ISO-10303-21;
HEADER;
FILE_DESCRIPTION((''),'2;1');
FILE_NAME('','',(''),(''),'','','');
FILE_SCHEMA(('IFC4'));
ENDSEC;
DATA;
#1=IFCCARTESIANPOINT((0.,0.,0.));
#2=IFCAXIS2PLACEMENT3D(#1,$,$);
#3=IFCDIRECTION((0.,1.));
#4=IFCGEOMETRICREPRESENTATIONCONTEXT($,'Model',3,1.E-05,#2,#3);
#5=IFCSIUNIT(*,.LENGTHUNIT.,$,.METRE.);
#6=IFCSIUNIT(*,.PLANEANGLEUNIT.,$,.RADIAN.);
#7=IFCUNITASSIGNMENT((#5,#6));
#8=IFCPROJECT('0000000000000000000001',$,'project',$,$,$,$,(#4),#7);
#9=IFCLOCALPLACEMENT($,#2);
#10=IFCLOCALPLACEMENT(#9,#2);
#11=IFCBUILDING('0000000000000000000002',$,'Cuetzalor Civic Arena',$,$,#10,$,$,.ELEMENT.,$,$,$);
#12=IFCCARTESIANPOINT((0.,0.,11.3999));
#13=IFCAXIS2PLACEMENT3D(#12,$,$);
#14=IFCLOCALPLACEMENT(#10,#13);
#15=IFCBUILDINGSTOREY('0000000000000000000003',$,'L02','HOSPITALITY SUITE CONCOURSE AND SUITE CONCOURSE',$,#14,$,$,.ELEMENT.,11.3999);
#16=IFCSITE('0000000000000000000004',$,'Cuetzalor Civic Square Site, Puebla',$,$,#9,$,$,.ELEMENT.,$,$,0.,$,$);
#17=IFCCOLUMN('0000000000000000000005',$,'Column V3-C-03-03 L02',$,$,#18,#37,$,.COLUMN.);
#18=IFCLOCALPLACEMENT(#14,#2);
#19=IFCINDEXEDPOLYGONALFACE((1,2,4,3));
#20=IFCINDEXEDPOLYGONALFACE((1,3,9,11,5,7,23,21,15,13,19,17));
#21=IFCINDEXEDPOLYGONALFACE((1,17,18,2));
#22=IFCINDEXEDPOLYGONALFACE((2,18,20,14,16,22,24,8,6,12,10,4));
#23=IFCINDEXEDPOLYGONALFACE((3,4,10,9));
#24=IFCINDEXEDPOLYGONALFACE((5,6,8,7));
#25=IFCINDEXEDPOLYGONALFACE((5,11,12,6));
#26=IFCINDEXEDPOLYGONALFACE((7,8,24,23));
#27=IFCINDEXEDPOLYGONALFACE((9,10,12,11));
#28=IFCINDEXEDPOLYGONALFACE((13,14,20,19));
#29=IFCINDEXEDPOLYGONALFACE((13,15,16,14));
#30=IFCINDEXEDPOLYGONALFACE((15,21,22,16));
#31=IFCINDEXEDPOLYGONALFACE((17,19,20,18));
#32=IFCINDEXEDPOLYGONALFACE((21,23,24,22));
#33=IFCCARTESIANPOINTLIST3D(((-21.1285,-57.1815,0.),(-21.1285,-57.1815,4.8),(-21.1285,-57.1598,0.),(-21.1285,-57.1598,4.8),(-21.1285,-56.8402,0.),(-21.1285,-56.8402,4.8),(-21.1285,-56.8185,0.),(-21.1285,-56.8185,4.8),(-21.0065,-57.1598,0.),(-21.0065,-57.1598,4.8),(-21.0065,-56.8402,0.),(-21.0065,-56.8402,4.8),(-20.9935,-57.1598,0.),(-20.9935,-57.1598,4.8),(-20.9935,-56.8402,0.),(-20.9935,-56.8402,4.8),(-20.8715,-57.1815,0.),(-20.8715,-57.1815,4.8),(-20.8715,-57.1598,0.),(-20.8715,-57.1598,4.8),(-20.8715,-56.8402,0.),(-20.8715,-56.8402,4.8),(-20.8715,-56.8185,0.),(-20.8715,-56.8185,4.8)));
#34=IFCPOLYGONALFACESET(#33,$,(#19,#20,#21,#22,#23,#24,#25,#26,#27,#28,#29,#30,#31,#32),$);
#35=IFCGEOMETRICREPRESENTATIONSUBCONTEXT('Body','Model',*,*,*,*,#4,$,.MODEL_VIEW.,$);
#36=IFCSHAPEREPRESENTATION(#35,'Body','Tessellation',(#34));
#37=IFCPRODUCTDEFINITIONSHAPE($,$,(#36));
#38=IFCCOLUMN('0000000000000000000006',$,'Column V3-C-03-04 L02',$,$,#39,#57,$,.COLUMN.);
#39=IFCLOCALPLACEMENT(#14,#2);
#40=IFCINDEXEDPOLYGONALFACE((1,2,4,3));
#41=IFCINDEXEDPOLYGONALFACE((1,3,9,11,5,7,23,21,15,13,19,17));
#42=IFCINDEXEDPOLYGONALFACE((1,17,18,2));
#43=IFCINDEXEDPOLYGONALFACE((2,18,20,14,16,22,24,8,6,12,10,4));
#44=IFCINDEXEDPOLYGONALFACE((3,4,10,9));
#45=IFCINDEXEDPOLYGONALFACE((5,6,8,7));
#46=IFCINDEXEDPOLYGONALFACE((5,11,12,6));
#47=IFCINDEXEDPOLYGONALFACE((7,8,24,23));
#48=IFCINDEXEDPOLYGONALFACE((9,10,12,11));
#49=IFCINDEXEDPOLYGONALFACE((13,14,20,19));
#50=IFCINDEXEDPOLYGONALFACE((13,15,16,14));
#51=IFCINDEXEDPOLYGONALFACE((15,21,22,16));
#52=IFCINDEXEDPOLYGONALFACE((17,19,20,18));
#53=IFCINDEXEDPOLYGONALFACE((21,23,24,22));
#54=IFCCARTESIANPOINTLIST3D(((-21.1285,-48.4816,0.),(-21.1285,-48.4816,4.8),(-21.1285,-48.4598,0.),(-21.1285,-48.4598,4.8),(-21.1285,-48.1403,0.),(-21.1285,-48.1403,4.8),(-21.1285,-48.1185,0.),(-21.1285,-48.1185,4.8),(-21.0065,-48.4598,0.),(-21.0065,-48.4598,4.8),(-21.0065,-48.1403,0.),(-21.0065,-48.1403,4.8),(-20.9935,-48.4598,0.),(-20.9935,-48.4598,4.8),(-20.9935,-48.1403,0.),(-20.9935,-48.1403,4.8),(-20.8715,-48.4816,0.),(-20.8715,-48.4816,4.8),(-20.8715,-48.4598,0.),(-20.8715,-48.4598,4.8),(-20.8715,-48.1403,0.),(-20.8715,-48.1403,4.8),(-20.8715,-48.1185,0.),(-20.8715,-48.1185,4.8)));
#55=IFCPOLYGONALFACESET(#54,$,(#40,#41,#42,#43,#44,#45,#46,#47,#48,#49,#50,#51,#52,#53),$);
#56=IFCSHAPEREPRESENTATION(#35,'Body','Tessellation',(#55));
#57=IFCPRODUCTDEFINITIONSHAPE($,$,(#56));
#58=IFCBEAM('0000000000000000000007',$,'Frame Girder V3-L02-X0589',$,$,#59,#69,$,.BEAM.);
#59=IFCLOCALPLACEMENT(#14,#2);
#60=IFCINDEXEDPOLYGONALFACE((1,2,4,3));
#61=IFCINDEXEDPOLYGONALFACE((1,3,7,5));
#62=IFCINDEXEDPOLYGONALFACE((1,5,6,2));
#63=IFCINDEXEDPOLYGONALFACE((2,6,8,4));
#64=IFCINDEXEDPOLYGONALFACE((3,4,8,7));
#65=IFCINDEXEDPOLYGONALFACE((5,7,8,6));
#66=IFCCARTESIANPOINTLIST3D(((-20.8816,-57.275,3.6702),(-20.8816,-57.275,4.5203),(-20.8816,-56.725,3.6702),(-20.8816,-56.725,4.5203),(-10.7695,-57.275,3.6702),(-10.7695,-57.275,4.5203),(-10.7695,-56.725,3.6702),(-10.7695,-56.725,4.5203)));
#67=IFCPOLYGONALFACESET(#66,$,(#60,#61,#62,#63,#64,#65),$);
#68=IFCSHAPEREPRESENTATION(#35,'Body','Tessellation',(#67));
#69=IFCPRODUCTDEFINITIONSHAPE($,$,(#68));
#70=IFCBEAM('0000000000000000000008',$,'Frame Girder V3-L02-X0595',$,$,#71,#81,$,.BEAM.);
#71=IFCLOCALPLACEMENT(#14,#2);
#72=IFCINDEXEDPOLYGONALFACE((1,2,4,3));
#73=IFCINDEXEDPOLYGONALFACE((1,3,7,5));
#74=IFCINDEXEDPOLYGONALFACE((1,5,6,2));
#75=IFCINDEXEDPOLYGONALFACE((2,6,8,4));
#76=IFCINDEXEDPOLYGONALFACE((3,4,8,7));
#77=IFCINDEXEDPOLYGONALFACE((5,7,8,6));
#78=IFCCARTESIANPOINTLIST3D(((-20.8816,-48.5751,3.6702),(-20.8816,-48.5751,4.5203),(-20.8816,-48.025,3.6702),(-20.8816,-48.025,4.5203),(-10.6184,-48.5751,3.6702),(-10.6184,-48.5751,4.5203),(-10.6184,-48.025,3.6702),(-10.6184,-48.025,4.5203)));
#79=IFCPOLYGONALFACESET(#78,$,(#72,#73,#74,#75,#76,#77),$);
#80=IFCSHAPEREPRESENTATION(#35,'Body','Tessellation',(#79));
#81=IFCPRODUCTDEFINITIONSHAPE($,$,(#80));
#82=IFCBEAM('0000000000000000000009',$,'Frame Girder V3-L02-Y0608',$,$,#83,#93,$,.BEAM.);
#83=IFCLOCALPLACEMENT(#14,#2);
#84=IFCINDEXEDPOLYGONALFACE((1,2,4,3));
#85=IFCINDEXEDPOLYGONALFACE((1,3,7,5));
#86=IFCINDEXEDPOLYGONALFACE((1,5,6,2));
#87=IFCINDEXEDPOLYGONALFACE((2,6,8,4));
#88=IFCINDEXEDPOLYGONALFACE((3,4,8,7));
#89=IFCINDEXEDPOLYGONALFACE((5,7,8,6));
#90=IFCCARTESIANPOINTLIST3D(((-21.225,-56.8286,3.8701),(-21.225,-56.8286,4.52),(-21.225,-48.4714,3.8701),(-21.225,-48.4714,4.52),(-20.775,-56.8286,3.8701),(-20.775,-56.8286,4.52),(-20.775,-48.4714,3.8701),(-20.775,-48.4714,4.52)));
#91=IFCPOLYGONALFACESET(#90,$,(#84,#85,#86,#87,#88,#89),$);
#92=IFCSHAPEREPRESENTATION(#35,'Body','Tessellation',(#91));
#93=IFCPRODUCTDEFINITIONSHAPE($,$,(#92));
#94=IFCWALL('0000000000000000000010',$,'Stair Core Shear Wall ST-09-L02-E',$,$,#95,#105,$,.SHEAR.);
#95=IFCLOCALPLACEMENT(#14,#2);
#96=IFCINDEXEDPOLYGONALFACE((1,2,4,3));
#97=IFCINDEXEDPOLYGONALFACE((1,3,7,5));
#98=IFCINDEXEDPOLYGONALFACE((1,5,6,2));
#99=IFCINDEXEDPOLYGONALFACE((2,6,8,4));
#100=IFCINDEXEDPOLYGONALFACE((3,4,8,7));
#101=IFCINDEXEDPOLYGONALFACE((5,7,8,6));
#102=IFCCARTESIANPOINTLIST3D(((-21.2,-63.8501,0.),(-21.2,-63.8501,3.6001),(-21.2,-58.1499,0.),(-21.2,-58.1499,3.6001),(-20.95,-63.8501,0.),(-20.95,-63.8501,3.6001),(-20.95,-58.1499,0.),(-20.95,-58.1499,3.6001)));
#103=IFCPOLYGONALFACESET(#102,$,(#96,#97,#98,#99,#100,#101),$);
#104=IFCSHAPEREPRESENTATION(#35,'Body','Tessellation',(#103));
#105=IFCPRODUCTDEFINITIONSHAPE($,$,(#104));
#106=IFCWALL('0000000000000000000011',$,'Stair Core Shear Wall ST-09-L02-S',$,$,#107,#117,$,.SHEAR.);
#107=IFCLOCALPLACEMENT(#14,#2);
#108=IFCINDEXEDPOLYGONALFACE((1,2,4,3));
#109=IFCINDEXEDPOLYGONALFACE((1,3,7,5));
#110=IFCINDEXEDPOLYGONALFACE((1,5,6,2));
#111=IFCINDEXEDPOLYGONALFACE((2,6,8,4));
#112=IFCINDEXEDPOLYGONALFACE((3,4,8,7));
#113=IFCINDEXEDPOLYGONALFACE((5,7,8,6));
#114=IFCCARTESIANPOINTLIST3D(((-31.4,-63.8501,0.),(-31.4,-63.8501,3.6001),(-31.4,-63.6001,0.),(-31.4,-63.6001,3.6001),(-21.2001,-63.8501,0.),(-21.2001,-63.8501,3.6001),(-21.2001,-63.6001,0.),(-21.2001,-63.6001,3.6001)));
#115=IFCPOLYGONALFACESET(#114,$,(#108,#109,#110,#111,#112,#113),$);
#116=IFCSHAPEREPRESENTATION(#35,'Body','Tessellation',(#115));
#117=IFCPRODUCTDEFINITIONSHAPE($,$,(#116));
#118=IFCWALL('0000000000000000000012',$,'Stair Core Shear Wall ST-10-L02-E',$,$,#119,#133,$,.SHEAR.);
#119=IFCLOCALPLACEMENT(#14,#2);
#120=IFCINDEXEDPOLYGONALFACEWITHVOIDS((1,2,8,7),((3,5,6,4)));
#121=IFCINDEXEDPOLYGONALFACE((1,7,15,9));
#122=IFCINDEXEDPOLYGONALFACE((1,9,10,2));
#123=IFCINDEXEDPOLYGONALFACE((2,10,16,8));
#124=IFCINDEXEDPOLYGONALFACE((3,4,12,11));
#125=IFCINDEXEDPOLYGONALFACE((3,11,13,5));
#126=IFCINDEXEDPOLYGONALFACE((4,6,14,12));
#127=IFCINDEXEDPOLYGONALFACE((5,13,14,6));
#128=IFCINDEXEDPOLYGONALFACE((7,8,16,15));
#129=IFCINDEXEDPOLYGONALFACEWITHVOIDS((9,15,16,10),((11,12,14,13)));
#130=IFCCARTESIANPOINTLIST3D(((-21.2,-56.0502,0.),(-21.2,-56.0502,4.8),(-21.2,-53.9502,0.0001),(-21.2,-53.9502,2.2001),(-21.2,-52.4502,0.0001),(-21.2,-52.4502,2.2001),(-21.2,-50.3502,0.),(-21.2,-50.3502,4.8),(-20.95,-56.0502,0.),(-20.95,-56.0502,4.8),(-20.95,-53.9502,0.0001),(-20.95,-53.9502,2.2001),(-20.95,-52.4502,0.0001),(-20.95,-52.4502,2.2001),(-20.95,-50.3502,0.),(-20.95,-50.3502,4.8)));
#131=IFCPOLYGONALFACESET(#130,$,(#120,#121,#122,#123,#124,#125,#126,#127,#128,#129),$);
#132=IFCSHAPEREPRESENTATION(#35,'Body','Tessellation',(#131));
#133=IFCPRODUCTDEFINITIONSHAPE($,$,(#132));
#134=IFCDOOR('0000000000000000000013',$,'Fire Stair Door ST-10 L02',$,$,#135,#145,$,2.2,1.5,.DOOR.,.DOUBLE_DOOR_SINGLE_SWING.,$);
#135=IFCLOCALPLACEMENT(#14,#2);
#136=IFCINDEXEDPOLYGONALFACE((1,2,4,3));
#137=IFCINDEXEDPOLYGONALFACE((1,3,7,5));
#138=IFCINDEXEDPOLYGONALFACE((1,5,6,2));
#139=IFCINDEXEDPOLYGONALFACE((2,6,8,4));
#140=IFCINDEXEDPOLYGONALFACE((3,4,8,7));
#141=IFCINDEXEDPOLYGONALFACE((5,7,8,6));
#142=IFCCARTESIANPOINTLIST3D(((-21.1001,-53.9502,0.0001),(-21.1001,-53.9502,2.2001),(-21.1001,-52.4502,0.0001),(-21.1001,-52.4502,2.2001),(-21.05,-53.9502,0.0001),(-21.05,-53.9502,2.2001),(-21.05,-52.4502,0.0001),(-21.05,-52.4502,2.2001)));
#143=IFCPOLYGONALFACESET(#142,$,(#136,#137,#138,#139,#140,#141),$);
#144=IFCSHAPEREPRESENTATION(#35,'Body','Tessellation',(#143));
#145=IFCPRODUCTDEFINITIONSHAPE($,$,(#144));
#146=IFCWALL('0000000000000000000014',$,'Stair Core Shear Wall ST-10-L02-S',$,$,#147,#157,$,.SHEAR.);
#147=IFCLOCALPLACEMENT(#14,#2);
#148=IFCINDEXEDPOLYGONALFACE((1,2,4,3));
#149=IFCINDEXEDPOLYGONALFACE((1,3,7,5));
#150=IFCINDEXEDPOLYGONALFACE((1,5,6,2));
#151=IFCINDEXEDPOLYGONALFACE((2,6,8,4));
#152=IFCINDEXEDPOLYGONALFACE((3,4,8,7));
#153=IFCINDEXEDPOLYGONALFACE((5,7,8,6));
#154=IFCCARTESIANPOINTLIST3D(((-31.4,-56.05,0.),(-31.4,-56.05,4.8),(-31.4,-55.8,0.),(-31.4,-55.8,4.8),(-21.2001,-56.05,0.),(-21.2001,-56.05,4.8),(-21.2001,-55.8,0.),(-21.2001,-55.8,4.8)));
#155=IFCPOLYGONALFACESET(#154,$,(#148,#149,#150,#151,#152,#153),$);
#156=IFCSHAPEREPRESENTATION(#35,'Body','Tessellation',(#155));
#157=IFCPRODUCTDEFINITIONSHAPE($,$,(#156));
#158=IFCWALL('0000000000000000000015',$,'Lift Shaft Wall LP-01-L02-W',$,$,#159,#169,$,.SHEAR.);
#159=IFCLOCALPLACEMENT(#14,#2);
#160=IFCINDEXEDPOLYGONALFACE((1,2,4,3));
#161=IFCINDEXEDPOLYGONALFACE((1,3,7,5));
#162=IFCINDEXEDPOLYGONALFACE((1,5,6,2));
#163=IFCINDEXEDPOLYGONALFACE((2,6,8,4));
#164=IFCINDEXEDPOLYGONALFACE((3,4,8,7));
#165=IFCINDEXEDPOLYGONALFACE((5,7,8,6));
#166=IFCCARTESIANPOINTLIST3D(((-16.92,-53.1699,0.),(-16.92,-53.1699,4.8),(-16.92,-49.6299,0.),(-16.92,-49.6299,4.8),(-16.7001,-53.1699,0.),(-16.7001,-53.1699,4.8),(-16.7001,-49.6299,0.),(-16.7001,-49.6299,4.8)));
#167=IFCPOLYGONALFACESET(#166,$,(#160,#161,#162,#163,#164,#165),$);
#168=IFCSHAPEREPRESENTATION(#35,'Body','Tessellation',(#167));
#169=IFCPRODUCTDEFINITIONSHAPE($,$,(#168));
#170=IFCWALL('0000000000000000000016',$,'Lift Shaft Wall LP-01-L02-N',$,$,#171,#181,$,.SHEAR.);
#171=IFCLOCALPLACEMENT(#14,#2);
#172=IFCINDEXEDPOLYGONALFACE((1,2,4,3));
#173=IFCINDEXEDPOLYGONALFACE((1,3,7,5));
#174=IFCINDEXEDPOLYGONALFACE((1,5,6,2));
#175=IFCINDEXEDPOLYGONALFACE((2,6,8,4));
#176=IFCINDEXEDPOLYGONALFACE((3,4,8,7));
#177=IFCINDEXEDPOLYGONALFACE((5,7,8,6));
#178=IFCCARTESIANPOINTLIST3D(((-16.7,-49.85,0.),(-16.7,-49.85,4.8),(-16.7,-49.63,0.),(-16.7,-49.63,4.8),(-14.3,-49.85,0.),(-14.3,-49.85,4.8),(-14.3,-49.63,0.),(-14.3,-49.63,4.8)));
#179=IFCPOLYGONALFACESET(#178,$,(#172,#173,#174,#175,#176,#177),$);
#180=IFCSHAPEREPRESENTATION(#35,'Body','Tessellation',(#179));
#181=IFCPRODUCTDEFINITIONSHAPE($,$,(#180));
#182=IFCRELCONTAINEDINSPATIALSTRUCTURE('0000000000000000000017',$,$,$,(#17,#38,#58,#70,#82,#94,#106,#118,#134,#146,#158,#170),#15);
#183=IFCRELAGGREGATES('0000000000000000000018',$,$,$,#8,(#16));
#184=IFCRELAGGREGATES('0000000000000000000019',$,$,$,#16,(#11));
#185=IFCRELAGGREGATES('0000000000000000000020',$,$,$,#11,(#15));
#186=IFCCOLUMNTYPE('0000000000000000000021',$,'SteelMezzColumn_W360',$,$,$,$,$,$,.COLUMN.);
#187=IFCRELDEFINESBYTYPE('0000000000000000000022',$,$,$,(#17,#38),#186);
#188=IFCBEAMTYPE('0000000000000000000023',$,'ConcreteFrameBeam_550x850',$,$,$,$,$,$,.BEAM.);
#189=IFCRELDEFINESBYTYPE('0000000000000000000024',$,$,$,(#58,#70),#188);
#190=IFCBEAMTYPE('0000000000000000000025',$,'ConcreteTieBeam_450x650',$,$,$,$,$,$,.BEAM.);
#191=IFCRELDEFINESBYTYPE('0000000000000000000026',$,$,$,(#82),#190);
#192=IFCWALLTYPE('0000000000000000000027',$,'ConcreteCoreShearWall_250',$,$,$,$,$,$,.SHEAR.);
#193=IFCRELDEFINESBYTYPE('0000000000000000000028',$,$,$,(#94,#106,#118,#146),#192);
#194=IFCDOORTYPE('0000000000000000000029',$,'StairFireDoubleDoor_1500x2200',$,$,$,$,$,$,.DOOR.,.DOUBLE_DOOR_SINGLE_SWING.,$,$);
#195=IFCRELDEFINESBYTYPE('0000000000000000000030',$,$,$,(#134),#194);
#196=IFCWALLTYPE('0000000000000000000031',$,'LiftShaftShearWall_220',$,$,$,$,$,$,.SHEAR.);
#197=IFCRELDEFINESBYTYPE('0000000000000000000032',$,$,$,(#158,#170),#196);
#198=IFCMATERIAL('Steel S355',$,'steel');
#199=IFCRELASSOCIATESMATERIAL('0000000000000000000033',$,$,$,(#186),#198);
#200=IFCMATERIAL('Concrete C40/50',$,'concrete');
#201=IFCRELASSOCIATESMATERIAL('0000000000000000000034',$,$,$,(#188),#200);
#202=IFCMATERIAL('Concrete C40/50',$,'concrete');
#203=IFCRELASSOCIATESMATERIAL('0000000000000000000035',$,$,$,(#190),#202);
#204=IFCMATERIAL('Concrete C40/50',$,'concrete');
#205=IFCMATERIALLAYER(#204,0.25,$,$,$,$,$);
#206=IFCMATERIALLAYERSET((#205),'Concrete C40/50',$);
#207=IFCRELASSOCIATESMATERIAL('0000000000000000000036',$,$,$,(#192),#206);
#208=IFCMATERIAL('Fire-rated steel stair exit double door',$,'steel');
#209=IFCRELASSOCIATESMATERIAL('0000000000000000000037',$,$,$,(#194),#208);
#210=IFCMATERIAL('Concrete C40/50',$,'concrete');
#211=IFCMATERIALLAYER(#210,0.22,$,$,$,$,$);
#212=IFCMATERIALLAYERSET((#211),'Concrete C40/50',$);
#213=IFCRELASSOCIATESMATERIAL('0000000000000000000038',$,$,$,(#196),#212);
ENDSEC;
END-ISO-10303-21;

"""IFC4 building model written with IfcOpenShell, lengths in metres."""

from ifc_helpers import new_model, si_unit, direction, frame, frame_2d, origin, origin_2d, place, context, subcontext, project, spatial, rectangle, i_section, extrude, material, layer, layer_set, material_profile, profile_set, type_object, element, fill, save


model = new_model("IFC4")

# Units and contexts
model_context = context("Model", 3, precision=1e-05, world=origin(), true_north=direction((0.0, 1.0)))
body_context = subcontext(model_context, "Body", "Model", "MODEL_VIEW")
ifc_project = project(units=[si_unit("LENGTHUNIT", "METRE"), si_unit("PLANEANGLEUNIT", "RADIAN")], contexts=[model_context])

# Site, building, storey
site_placement = place(None, origin())
site = spatial("IfcSite", under=ifc_project, at=site_placement, Name="Cuetzalor Civic Square Site, Puebla", CompositionType="ELEMENT", RefElevation=0.0)
building_placement = place(site_placement, origin())
building = spatial("IfcBuilding", under=site, at=building_placement, Name="Cuetzalor Civic Arena", CompositionType="ELEMENT")
storey_placement = place(building_placement, frame((0.0, 0.0, 11.3999)))
storey = spatial("IfcBuildingStorey", under=building, at=storey_placement, Name="L02", Description="HOSPITALITY SUITE CONCOURSE AND SUITE CONCOURSE", CompositionType="ELEMENT", Elevation=11.3999)

# Columns
ifc_material_1 = material(Name="Steel S355", Category="steel")
ifc_material_profile_1 = material_profile(ifc_material_1, i_section(OverallWidth=0.2571, OverallDepth=0.363, WebThickness=0.0129, FlangeThickness=0.0217, at=origin_2d()), Name="W360x122")
ifc_profile_set_1 = profile_set([ifc_material_profile_1], Name="Steel S355")
column_type = type_object("IfcColumnType", Name="SteelMezzColumn_W360", PredefinedType="COLUMN", material=ifc_profile_set_1)
for number, where, z_axis, x_axis, name in (
    (1, (-21.0, -57.0, 0.0), (0.0, 0.0, 1.0), (1.0, 0.0, 0.0), "Column V3-C-03-03 L02"),
    (2, (-21.0, -48.3, 0.0), (0.0, 0.0, 1.0), (1.0, 0.0, 0.0), "Column V3-C-03-04 L02"),
):
    element("IfcColumn", number, at=place(storey_placement, frame(where, z_axis=z_axis, x_axis=x_axis)), inside=storey, type_object=column_type, Name=name, PredefinedType="COLUMN", context=body_context, shape_type="SweptSolid", body=[
        extrude(i_section(OverallWidth=0.2571, OverallDepth=0.363, WebThickness=0.0129, FlangeThickness=0.0217, at=origin_2d()), origin(), (0.0, 0.0, 1.0), 4.8),
    ])

# Beams
ifc_material_2 = material(Name="Concrete C40/50", Category="concrete")
ifc_material_profile_2 = material_profile(ifc_material_2, rectangle(XDim=0.55, YDim=0.8501, at=origin_2d()), Name="RC 550x850")
ifc_profile_set_2 = profile_set([ifc_material_profile_2], Name="Concrete C40/50")
beam_type_1 = type_object("IfcBeamType", Name="ConcreteFrameBeam_550x850", PredefinedType="BEAM", material=ifc_profile_set_2)
beam_1_placement = place(storey_placement, frame((-20.8816, -57.0, 4.0952), z_axis=(1.0, 0.0, 0.0), x_axis=(0.0, 1.0, 0.0)))
element("IfcBeam", 3, at=beam_1_placement, inside=storey, type_object=beam_type_1, Name="Frame Girder V3-L02-X0589", PredefinedType="BEAM", context=body_context, shape_type="SweptSolid", body=[
    extrude(rectangle(XDim=0.55, YDim=0.8501, at=origin_2d()), origin(), (0.0, 0.0, 1.0), 10.1121),
])
beam_2_placement = place(storey_placement, frame((-20.8816, -48.3, 4.0952), z_axis=(1.0, 0.0, 0.0), x_axis=(0.0, 1.0, 0.0)))
element("IfcBeam", 4, at=beam_2_placement, inside=storey, type_object=beam_type_1, Name="Frame Girder V3-L02-X0595", PredefinedType="BEAM", context=body_context, shape_type="SweptSolid", body=[
    extrude(rectangle(XDim=0.55, YDim=0.8501, at=origin_2d()), origin(), (0.0, 0.0, 1.0), 10.2632),
])
ifc_material_3 = material(Name="Concrete C40/50", Category="concrete")
ifc_material_profile_3 = material_profile(ifc_material_3, rectangle(XDim=0.45, YDim=0.6499, at=origin_2d()), Name="RC 450x650")
ifc_profile_set_3 = profile_set([ifc_material_profile_3], Name="Concrete C40/50")
beam_type_2 = type_object("IfcBeamType", Name="ConcreteTieBeam_450x650", PredefinedType="BEAM", material=ifc_profile_set_3)
beam_3_placement = place(storey_placement, frame((-21.0, -56.8286, 4.1951), z_axis=(0.0, 1.0, 0.0), x_axis=(-1.0, 0.0, 0.0)))
element("IfcBeam", 5, at=beam_3_placement, inside=storey, type_object=beam_type_2, Name="Frame Girder V3-L02-Y0608", PredefinedType="BEAM", context=body_context, shape_type="SweptSolid", body=[
    extrude(rectangle(XDim=0.45, YDim=0.6499, at=origin_2d()), origin(), (0.0, 0.0, 1.0), 8.3572),
])

# Walls
ifc_material_4 = material(Name="Concrete C40/50", Category="concrete")
ifc_layer_1 = layer(ifc_material_4, 0.25)
ifc_layer_set_1 = layer_set([ifc_layer_1], Name="Concrete C40/50")
wall_type_1 = type_object("IfcWallType", Name="ConcreteCoreShearWall_250", PredefinedType="SHEAR", material=ifc_layer_set_1)
wall_1_placement = place(storey_placement, frame((-21.075, -58.1499, 0.0), z_axis=(0.0, 0.0, 1.0), x_axis=(0.0, -1.0, 0.0)))
element("IfcWall", 6, at=wall_1_placement, inside=storey, type_object=wall_type_1, Name="Stair Core Shear Wall ST-09-L02-E", PredefinedType="SHEAR", context=body_context, shape_type="SweptSolid", body=[
    extrude(rectangle(XDim=5.7002, YDim=0.25, at=frame_2d((2.8501, 0.0))), origin(), (0.0, 0.0, 1.0), 3.6001),
])
wall_2_placement = place(storey_placement, frame((-21.2, -63.7251, 0.0), z_axis=(0.0, 0.0, 1.0), x_axis=(-1.0, 0.0, 0.0)))
element("IfcWall", 7, at=wall_2_placement, inside=storey, type_object=wall_type_1, Name="Stair Core Shear Wall ST-09-L02-S", PredefinedType="SHEAR", context=body_context, shape_type="SweptSolid", body=[
    extrude(rectangle(XDim=10.2, YDim=0.25, at=frame_2d((5.1001, 0.0))), origin(), (0.0, 0.0, 1.0), 3.6001),
])

# Wall, opening, door
wall_3_placement = place(storey_placement, frame((-21.075, -50.3501, 0.0), z_axis=(0.0, 0.0, 1.0), x_axis=(0.0, -1.0, 0.0)))
wall_3 = element("IfcWall", 8, at=wall_3_placement, inside=storey, type_object=wall_type_1, Name="Stair Core Shear Wall ST-10-L02-E", PredefinedType="SHEAR", context=body_context, shape_type="SweptSolid", body=[
    extrude(rectangle(XDim=5.7, YDim=0.25, at=frame_2d((2.8501, 0.0))), origin(), (0.0, 0.0, 1.0), 4.8),
])
opening_1_placement = place(wall_3_placement, frame((2.1001, 0.0, 0.0)))
opening_1 = element("IfcOpeningElement", 9, at=opening_1_placement, cuts=wall_3, PredefinedType="OPENING", context=body_context, shape_type="SweptSolid", body=[
    extrude(rectangle(XDim=1.5, YDim=2.2, at=frame_2d((0.75, 1.1001))), frame((0.0, 0.135, 0.0), z_axis=(0.0, -1.0, 0.0), x_axis=(1.0, 0.0, 0.0)), (0.0, 0.0, 1.0), 0.27),
])
ifc_material_5 = material(Name="Fire-rated steel stair exit double door", Category="steel")
door_type_1 = type_object("IfcDoorType", Name="StairFireDoubleDoor_1500x2200", OperationType="DOUBLE_DOOR_SINGLE_SWING", PredefinedType="DOOR", material=ifc_material_5)
door_1_placement = place(opening_1_placement, origin())
door_1 = element("IfcDoor", 10, at=door_1_placement, inside=storey, type_object=door_type_1, Name="Fire Stair Door ST-10 L02", OperationType="DOUBLE_DOOR_SINGLE_SWING", OverallHeight=2.2, OverallWidth=1.5, PredefinedType="DOOR", context=body_context, shape_type="SweptSolid", body=[
    extrude(rectangle(XDim=1.5, YDim=2.2, at=frame_2d((0.75, 1.1001))), frame((0.0, 0.0249, 0.0), z_axis=(0.0, -1.0, 0.0), x_axis=(1.0, 0.0, 0.0)), (0.0, 0.0, 1.0), 0.05),
])
fill(opening_1, door_1)

# Walls
wall_4_placement = place(storey_placement, frame((-21.2, -55.925, 0.0), z_axis=(0.0, 0.0, 1.0), x_axis=(-1.0, 0.0, 0.0)))
element("IfcWall", 11, at=wall_4_placement, inside=storey, type_object=wall_type_1, Name="Stair Core Shear Wall ST-10-L02-S", PredefinedType="SHEAR", context=body_context, shape_type="SweptSolid", body=[
    extrude(rectangle(XDim=10.2, YDim=0.25, at=frame_2d((5.1001, 0.0))), origin(), (0.0, 0.0, 1.0), 4.8),
])
ifc_material_6 = material(Name="Concrete C40/50", Category="concrete")
ifc_layer_2 = layer(ifc_material_6, 0.22)
ifc_layer_set_2 = layer_set([ifc_layer_2], Name="Concrete C40/50")
wall_type_2 = type_object("IfcWallType", Name="LiftShaftShearWall_220", PredefinedType="SHEAR", material=ifc_layer_set_2)
wall_5_placement = place(storey_placement, frame((-16.8101, -53.1699, 0.0), z_axis=(0.0, 0.0, 1.0), x_axis=(0.0, 1.0, 0.0)))
element("IfcWall", 12, at=wall_5_placement, inside=storey, type_object=wall_type_2, Name="Lift Shaft Wall LP-01-L02-W", PredefinedType="SHEAR", context=body_context, shape_type="SweptSolid", body=[
    extrude(rectangle(XDim=3.54, YDim=0.22, at=frame_2d((1.77, 0.0))), origin(), (0.0, 0.0, 1.0), 4.8),
])
wall_6_placement = place(storey_placement, frame((-16.7, -49.74, 0.0), z_axis=(0.0, 0.0, 1.0), x_axis=(1.0, 0.0, 0.0)))
element("IfcWall", 13, at=wall_6_placement, inside=storey, type_object=wall_type_2, Name="Lift Shaft Wall LP-01-L02-N", PredefinedType="SHEAR", context=body_context, shape_type="SweptSolid", body=[
    extrude(rectangle(XDim=2.3999, YDim=0.22, at=frame_2d((1.2, 0.0))), origin(), (0.0, 0.0, 1.0), 4.8),
])

save(model, "model.ifc")
